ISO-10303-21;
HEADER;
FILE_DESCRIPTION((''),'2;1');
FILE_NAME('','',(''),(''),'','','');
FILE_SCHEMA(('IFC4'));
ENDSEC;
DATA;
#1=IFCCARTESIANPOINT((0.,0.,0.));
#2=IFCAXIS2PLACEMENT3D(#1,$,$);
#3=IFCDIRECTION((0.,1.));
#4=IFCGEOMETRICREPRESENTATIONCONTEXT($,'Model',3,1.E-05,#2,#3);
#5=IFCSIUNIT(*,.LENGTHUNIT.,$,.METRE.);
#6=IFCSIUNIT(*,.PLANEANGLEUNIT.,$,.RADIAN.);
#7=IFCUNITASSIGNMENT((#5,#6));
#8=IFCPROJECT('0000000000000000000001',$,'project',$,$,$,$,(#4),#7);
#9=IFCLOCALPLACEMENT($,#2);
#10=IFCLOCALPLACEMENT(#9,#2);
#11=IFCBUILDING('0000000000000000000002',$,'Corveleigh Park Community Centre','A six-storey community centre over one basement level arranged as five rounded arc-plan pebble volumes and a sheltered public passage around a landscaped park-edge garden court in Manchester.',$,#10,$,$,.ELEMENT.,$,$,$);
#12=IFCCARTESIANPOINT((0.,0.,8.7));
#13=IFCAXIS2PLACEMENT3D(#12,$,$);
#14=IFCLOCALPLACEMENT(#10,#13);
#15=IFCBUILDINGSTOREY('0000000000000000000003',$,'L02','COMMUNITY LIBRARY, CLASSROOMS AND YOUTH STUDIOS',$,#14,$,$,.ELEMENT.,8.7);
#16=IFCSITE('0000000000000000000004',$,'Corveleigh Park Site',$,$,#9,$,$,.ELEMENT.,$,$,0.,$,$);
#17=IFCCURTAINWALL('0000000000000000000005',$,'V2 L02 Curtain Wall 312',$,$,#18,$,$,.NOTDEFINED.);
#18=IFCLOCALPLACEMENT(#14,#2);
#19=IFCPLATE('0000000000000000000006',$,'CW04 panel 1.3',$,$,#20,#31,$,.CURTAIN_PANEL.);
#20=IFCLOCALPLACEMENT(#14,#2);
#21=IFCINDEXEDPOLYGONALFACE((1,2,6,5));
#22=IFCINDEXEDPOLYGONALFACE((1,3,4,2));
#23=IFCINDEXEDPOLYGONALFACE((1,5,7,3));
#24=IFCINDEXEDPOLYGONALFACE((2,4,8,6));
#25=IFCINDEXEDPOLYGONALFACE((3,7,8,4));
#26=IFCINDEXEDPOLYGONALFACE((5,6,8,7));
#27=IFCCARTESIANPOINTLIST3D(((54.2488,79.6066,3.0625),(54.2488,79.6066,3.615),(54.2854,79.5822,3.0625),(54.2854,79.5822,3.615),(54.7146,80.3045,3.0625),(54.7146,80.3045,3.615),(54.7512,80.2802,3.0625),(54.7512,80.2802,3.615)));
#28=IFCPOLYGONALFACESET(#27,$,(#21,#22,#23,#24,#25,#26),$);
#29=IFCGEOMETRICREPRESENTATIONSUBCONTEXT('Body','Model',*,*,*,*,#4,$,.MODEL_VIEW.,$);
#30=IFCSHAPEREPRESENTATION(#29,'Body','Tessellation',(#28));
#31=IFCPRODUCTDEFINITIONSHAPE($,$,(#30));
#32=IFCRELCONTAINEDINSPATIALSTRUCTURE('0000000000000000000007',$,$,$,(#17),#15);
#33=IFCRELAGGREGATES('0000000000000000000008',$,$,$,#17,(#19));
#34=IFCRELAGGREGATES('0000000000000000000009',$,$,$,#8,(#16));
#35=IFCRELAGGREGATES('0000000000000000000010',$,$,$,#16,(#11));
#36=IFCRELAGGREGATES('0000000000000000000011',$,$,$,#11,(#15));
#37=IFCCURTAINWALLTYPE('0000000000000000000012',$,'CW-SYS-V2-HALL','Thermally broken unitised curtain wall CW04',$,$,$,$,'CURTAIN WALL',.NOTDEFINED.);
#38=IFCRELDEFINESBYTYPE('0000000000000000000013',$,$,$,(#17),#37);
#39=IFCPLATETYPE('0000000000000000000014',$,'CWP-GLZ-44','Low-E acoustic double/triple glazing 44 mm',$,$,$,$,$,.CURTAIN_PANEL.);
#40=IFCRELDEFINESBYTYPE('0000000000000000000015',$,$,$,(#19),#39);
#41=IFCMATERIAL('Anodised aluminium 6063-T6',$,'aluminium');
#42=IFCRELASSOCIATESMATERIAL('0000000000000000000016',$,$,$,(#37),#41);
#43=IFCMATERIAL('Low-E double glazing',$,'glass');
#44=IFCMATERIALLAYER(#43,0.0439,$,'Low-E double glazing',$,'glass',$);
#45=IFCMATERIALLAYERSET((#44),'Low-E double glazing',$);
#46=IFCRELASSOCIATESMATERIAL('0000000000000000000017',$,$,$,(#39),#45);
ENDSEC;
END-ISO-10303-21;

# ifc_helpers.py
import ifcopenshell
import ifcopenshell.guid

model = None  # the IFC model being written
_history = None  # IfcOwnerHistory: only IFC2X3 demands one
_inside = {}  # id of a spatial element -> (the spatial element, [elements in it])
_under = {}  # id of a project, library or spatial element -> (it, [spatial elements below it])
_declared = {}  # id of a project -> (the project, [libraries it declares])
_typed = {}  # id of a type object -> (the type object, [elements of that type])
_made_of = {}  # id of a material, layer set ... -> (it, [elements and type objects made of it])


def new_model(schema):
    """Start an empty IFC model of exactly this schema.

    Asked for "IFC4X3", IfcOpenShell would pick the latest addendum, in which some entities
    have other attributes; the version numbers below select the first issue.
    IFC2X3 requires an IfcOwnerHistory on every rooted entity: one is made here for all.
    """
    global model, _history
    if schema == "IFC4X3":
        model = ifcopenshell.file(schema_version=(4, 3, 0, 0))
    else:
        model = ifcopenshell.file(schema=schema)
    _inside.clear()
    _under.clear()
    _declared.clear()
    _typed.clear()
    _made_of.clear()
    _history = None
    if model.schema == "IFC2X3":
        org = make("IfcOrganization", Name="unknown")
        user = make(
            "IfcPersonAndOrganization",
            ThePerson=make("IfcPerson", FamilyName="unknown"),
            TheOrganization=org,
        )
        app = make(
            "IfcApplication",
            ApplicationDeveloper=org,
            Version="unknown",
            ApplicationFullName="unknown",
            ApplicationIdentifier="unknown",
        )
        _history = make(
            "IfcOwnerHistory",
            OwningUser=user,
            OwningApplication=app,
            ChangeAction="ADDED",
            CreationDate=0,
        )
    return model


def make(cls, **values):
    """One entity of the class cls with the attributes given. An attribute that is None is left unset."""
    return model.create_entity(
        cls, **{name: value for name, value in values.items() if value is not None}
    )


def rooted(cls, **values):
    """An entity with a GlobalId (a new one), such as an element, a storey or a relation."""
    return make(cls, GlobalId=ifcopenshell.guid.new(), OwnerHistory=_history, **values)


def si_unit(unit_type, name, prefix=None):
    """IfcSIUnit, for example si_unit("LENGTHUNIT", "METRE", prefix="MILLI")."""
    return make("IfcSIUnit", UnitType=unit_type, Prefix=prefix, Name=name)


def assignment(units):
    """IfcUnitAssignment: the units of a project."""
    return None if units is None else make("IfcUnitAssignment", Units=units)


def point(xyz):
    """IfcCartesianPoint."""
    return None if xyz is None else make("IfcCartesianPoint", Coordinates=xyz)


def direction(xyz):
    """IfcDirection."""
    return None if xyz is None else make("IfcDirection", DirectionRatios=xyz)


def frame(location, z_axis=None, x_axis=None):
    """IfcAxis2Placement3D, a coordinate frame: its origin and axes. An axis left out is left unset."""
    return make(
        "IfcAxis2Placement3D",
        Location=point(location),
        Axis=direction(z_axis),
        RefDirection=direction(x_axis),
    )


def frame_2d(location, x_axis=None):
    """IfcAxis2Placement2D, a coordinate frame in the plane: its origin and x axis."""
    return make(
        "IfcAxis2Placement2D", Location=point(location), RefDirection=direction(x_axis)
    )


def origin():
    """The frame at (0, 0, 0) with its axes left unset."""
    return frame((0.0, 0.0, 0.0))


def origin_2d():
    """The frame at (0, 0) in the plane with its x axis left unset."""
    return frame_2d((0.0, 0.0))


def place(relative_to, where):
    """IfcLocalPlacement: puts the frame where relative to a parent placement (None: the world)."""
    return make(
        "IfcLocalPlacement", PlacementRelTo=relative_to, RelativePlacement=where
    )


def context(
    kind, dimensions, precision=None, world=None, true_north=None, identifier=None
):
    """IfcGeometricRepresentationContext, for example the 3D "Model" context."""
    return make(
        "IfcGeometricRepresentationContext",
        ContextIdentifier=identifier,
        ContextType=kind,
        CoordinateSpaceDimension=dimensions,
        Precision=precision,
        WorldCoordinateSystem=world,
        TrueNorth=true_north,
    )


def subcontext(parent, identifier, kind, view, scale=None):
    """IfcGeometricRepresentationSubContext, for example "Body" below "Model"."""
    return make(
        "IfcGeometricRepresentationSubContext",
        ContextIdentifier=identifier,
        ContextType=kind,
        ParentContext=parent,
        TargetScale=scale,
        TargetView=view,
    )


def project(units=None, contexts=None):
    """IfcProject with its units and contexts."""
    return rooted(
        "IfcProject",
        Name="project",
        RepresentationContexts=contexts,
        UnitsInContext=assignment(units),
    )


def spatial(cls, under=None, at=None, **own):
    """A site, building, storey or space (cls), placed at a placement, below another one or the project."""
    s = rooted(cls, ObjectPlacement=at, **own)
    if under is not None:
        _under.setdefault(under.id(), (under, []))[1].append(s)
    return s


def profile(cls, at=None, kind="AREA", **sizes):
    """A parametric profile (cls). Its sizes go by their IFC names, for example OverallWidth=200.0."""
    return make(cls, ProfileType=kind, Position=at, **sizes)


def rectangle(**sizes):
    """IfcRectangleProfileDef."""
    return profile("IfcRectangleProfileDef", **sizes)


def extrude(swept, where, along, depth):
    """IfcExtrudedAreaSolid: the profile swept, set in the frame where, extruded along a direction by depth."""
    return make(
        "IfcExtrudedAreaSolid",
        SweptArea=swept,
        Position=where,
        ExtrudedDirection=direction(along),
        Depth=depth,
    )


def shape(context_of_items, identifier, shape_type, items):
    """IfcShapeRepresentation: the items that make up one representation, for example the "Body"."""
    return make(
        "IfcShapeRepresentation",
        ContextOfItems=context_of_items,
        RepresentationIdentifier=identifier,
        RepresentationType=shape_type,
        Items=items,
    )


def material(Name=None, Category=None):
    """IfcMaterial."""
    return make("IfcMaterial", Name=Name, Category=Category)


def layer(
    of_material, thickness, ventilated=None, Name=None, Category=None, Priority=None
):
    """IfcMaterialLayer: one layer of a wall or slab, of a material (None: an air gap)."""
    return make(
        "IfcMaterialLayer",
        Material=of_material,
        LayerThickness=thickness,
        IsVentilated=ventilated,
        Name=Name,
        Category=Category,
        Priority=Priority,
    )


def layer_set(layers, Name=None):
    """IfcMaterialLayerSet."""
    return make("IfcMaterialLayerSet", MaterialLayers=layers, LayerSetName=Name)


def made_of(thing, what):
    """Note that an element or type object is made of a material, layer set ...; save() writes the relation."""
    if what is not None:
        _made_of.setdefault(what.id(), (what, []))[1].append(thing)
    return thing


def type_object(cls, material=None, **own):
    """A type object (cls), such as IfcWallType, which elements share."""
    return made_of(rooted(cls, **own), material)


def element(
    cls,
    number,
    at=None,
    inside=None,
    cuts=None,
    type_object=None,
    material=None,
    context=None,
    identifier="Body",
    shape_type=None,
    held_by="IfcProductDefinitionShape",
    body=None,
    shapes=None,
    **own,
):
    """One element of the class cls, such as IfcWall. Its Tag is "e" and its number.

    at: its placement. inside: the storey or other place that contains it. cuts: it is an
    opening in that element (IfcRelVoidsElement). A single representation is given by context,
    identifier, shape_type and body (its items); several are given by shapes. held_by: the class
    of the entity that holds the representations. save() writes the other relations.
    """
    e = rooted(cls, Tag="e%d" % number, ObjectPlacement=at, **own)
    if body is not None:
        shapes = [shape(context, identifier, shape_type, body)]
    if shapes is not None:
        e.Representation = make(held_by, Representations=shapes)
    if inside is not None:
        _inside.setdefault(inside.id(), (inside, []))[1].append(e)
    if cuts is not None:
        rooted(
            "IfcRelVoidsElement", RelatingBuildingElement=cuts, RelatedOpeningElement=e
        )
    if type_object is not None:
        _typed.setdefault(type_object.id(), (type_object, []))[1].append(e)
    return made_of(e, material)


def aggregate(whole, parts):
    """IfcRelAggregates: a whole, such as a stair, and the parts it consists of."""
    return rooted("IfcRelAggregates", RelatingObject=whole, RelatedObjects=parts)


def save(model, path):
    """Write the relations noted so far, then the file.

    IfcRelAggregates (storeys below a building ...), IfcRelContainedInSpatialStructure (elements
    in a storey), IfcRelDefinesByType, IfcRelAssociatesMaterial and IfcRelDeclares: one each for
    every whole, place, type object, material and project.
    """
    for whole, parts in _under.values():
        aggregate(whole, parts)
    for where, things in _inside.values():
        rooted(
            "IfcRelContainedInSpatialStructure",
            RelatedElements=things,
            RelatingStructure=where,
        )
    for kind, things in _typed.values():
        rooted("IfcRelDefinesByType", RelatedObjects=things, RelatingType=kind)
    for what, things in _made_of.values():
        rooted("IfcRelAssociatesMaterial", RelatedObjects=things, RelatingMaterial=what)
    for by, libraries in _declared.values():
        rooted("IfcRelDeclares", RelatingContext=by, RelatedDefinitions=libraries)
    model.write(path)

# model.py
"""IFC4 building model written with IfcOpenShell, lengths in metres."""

from ifc_helpers import new_model, si_unit, direction, frame, origin, origin_2d, place, context, subcontext, project, spatial, rectangle, extrude, material, layer, layer_set, type_object, element, aggregate, save


model = new_model("IFC4")

# Units and contexts
model_context = context("Model", 3, precision=1e-05, world=origin(), true_north=direction((0.0, 1.0)))
body_context = subcontext(model_context, "Body", "Model", "MODEL_VIEW")
ifc_project = project(units=[si_unit("LENGTHUNIT", "METRE"), si_unit("PLANEANGLEUNIT", "RADIAN")], contexts=[model_context])

# Site, building, storey
site_placement = place(None, origin())
site = spatial("IfcSite", under=ifc_project, at=site_placement, Name="Corveleigh Park Site", CompositionType="ELEMENT", RefElevation=0.0)
building_placement = place(site_placement, origin())
building = spatial("IfcBuilding", under=site, at=building_placement, Name="Corveleigh Park Community Centre", Description="A six-storey community centre over one basement level arranged as five rounded arc-plan pebble volumes and a sheltered public passage around a landscaped park-edge garden court in Manchester.", CompositionType="ELEMENT")
storey_placement = place(building_placement, frame((0.0, 0.0, 8.7)))
storey = spatial("IfcBuildingStorey", under=building, at=storey_placement, Name="L02", Description="COMMUNITY LIBRARY, CLASSROOMS AND YOUTH STUDIOS", CompositionType="ELEMENT", Elevation=8.7)

# Shared definitions
ifc_material_1 = material(Name="Anodised aluminium 6063-T6", Category="aluminium")
curtain_wall_type = type_object("IfcCurtainWallType", Name="CW-SYS-V2-HALL", Description="Thermally broken unitised curtain wall CW04", ElementType="CURTAIN WALL", PredefinedType="NOTDEFINED", material=ifc_material_1)

# Curtain wall
curtain_wall_1_placement = place(storey_placement, origin())
curtain_wall_1 = element("IfcCurtainWall", 1, at=curtain_wall_1_placement, inside=storey, type_object=curtain_wall_type, Name="V2 L02 Curtain Wall 312", PredefinedType="NOTDEFINED")

# Plate
ifc_material_2 = material(Name="Low-E double glazing", Category="glass")
ifc_layer_1 = layer(ifc_material_2, 0.0439, Name="Low-E double glazing", Category="glass")
ifc_layer_set_1 = layer_set([ifc_layer_1], Name="Low-E double glazing")
plate_type_1 = type_object("IfcPlateType", Name="CWP-GLZ-44", Description="Low-E acoustic double/triple glazing 44 mm", PredefinedType="CURTAIN_PANEL", material=ifc_layer_set_1)
plate_1_placement = place(storey_placement, frame((54.5, 79.9434, 3.0625), z_axis=(0.0, 0.0, 1.0), x_axis=(-0.555058, -0.831811, 0.0)))
plate_1 = element("IfcPlate", 2, at=plate_1_placement, type_object=plate_type_1, Name="CW04 panel 1.3", PredefinedType="CURTAIN_PANEL", context=body_context, shape_type="SweptSolid", body=[
    extrude(rectangle(XDim=0.8391, YDim=0.0439, at=origin_2d()), origin(), (0.0, 0.0, 1.0), 0.5525),
])
aggregate(curtain_wall_1, [plate_1])

save(model, "model.ifc")
